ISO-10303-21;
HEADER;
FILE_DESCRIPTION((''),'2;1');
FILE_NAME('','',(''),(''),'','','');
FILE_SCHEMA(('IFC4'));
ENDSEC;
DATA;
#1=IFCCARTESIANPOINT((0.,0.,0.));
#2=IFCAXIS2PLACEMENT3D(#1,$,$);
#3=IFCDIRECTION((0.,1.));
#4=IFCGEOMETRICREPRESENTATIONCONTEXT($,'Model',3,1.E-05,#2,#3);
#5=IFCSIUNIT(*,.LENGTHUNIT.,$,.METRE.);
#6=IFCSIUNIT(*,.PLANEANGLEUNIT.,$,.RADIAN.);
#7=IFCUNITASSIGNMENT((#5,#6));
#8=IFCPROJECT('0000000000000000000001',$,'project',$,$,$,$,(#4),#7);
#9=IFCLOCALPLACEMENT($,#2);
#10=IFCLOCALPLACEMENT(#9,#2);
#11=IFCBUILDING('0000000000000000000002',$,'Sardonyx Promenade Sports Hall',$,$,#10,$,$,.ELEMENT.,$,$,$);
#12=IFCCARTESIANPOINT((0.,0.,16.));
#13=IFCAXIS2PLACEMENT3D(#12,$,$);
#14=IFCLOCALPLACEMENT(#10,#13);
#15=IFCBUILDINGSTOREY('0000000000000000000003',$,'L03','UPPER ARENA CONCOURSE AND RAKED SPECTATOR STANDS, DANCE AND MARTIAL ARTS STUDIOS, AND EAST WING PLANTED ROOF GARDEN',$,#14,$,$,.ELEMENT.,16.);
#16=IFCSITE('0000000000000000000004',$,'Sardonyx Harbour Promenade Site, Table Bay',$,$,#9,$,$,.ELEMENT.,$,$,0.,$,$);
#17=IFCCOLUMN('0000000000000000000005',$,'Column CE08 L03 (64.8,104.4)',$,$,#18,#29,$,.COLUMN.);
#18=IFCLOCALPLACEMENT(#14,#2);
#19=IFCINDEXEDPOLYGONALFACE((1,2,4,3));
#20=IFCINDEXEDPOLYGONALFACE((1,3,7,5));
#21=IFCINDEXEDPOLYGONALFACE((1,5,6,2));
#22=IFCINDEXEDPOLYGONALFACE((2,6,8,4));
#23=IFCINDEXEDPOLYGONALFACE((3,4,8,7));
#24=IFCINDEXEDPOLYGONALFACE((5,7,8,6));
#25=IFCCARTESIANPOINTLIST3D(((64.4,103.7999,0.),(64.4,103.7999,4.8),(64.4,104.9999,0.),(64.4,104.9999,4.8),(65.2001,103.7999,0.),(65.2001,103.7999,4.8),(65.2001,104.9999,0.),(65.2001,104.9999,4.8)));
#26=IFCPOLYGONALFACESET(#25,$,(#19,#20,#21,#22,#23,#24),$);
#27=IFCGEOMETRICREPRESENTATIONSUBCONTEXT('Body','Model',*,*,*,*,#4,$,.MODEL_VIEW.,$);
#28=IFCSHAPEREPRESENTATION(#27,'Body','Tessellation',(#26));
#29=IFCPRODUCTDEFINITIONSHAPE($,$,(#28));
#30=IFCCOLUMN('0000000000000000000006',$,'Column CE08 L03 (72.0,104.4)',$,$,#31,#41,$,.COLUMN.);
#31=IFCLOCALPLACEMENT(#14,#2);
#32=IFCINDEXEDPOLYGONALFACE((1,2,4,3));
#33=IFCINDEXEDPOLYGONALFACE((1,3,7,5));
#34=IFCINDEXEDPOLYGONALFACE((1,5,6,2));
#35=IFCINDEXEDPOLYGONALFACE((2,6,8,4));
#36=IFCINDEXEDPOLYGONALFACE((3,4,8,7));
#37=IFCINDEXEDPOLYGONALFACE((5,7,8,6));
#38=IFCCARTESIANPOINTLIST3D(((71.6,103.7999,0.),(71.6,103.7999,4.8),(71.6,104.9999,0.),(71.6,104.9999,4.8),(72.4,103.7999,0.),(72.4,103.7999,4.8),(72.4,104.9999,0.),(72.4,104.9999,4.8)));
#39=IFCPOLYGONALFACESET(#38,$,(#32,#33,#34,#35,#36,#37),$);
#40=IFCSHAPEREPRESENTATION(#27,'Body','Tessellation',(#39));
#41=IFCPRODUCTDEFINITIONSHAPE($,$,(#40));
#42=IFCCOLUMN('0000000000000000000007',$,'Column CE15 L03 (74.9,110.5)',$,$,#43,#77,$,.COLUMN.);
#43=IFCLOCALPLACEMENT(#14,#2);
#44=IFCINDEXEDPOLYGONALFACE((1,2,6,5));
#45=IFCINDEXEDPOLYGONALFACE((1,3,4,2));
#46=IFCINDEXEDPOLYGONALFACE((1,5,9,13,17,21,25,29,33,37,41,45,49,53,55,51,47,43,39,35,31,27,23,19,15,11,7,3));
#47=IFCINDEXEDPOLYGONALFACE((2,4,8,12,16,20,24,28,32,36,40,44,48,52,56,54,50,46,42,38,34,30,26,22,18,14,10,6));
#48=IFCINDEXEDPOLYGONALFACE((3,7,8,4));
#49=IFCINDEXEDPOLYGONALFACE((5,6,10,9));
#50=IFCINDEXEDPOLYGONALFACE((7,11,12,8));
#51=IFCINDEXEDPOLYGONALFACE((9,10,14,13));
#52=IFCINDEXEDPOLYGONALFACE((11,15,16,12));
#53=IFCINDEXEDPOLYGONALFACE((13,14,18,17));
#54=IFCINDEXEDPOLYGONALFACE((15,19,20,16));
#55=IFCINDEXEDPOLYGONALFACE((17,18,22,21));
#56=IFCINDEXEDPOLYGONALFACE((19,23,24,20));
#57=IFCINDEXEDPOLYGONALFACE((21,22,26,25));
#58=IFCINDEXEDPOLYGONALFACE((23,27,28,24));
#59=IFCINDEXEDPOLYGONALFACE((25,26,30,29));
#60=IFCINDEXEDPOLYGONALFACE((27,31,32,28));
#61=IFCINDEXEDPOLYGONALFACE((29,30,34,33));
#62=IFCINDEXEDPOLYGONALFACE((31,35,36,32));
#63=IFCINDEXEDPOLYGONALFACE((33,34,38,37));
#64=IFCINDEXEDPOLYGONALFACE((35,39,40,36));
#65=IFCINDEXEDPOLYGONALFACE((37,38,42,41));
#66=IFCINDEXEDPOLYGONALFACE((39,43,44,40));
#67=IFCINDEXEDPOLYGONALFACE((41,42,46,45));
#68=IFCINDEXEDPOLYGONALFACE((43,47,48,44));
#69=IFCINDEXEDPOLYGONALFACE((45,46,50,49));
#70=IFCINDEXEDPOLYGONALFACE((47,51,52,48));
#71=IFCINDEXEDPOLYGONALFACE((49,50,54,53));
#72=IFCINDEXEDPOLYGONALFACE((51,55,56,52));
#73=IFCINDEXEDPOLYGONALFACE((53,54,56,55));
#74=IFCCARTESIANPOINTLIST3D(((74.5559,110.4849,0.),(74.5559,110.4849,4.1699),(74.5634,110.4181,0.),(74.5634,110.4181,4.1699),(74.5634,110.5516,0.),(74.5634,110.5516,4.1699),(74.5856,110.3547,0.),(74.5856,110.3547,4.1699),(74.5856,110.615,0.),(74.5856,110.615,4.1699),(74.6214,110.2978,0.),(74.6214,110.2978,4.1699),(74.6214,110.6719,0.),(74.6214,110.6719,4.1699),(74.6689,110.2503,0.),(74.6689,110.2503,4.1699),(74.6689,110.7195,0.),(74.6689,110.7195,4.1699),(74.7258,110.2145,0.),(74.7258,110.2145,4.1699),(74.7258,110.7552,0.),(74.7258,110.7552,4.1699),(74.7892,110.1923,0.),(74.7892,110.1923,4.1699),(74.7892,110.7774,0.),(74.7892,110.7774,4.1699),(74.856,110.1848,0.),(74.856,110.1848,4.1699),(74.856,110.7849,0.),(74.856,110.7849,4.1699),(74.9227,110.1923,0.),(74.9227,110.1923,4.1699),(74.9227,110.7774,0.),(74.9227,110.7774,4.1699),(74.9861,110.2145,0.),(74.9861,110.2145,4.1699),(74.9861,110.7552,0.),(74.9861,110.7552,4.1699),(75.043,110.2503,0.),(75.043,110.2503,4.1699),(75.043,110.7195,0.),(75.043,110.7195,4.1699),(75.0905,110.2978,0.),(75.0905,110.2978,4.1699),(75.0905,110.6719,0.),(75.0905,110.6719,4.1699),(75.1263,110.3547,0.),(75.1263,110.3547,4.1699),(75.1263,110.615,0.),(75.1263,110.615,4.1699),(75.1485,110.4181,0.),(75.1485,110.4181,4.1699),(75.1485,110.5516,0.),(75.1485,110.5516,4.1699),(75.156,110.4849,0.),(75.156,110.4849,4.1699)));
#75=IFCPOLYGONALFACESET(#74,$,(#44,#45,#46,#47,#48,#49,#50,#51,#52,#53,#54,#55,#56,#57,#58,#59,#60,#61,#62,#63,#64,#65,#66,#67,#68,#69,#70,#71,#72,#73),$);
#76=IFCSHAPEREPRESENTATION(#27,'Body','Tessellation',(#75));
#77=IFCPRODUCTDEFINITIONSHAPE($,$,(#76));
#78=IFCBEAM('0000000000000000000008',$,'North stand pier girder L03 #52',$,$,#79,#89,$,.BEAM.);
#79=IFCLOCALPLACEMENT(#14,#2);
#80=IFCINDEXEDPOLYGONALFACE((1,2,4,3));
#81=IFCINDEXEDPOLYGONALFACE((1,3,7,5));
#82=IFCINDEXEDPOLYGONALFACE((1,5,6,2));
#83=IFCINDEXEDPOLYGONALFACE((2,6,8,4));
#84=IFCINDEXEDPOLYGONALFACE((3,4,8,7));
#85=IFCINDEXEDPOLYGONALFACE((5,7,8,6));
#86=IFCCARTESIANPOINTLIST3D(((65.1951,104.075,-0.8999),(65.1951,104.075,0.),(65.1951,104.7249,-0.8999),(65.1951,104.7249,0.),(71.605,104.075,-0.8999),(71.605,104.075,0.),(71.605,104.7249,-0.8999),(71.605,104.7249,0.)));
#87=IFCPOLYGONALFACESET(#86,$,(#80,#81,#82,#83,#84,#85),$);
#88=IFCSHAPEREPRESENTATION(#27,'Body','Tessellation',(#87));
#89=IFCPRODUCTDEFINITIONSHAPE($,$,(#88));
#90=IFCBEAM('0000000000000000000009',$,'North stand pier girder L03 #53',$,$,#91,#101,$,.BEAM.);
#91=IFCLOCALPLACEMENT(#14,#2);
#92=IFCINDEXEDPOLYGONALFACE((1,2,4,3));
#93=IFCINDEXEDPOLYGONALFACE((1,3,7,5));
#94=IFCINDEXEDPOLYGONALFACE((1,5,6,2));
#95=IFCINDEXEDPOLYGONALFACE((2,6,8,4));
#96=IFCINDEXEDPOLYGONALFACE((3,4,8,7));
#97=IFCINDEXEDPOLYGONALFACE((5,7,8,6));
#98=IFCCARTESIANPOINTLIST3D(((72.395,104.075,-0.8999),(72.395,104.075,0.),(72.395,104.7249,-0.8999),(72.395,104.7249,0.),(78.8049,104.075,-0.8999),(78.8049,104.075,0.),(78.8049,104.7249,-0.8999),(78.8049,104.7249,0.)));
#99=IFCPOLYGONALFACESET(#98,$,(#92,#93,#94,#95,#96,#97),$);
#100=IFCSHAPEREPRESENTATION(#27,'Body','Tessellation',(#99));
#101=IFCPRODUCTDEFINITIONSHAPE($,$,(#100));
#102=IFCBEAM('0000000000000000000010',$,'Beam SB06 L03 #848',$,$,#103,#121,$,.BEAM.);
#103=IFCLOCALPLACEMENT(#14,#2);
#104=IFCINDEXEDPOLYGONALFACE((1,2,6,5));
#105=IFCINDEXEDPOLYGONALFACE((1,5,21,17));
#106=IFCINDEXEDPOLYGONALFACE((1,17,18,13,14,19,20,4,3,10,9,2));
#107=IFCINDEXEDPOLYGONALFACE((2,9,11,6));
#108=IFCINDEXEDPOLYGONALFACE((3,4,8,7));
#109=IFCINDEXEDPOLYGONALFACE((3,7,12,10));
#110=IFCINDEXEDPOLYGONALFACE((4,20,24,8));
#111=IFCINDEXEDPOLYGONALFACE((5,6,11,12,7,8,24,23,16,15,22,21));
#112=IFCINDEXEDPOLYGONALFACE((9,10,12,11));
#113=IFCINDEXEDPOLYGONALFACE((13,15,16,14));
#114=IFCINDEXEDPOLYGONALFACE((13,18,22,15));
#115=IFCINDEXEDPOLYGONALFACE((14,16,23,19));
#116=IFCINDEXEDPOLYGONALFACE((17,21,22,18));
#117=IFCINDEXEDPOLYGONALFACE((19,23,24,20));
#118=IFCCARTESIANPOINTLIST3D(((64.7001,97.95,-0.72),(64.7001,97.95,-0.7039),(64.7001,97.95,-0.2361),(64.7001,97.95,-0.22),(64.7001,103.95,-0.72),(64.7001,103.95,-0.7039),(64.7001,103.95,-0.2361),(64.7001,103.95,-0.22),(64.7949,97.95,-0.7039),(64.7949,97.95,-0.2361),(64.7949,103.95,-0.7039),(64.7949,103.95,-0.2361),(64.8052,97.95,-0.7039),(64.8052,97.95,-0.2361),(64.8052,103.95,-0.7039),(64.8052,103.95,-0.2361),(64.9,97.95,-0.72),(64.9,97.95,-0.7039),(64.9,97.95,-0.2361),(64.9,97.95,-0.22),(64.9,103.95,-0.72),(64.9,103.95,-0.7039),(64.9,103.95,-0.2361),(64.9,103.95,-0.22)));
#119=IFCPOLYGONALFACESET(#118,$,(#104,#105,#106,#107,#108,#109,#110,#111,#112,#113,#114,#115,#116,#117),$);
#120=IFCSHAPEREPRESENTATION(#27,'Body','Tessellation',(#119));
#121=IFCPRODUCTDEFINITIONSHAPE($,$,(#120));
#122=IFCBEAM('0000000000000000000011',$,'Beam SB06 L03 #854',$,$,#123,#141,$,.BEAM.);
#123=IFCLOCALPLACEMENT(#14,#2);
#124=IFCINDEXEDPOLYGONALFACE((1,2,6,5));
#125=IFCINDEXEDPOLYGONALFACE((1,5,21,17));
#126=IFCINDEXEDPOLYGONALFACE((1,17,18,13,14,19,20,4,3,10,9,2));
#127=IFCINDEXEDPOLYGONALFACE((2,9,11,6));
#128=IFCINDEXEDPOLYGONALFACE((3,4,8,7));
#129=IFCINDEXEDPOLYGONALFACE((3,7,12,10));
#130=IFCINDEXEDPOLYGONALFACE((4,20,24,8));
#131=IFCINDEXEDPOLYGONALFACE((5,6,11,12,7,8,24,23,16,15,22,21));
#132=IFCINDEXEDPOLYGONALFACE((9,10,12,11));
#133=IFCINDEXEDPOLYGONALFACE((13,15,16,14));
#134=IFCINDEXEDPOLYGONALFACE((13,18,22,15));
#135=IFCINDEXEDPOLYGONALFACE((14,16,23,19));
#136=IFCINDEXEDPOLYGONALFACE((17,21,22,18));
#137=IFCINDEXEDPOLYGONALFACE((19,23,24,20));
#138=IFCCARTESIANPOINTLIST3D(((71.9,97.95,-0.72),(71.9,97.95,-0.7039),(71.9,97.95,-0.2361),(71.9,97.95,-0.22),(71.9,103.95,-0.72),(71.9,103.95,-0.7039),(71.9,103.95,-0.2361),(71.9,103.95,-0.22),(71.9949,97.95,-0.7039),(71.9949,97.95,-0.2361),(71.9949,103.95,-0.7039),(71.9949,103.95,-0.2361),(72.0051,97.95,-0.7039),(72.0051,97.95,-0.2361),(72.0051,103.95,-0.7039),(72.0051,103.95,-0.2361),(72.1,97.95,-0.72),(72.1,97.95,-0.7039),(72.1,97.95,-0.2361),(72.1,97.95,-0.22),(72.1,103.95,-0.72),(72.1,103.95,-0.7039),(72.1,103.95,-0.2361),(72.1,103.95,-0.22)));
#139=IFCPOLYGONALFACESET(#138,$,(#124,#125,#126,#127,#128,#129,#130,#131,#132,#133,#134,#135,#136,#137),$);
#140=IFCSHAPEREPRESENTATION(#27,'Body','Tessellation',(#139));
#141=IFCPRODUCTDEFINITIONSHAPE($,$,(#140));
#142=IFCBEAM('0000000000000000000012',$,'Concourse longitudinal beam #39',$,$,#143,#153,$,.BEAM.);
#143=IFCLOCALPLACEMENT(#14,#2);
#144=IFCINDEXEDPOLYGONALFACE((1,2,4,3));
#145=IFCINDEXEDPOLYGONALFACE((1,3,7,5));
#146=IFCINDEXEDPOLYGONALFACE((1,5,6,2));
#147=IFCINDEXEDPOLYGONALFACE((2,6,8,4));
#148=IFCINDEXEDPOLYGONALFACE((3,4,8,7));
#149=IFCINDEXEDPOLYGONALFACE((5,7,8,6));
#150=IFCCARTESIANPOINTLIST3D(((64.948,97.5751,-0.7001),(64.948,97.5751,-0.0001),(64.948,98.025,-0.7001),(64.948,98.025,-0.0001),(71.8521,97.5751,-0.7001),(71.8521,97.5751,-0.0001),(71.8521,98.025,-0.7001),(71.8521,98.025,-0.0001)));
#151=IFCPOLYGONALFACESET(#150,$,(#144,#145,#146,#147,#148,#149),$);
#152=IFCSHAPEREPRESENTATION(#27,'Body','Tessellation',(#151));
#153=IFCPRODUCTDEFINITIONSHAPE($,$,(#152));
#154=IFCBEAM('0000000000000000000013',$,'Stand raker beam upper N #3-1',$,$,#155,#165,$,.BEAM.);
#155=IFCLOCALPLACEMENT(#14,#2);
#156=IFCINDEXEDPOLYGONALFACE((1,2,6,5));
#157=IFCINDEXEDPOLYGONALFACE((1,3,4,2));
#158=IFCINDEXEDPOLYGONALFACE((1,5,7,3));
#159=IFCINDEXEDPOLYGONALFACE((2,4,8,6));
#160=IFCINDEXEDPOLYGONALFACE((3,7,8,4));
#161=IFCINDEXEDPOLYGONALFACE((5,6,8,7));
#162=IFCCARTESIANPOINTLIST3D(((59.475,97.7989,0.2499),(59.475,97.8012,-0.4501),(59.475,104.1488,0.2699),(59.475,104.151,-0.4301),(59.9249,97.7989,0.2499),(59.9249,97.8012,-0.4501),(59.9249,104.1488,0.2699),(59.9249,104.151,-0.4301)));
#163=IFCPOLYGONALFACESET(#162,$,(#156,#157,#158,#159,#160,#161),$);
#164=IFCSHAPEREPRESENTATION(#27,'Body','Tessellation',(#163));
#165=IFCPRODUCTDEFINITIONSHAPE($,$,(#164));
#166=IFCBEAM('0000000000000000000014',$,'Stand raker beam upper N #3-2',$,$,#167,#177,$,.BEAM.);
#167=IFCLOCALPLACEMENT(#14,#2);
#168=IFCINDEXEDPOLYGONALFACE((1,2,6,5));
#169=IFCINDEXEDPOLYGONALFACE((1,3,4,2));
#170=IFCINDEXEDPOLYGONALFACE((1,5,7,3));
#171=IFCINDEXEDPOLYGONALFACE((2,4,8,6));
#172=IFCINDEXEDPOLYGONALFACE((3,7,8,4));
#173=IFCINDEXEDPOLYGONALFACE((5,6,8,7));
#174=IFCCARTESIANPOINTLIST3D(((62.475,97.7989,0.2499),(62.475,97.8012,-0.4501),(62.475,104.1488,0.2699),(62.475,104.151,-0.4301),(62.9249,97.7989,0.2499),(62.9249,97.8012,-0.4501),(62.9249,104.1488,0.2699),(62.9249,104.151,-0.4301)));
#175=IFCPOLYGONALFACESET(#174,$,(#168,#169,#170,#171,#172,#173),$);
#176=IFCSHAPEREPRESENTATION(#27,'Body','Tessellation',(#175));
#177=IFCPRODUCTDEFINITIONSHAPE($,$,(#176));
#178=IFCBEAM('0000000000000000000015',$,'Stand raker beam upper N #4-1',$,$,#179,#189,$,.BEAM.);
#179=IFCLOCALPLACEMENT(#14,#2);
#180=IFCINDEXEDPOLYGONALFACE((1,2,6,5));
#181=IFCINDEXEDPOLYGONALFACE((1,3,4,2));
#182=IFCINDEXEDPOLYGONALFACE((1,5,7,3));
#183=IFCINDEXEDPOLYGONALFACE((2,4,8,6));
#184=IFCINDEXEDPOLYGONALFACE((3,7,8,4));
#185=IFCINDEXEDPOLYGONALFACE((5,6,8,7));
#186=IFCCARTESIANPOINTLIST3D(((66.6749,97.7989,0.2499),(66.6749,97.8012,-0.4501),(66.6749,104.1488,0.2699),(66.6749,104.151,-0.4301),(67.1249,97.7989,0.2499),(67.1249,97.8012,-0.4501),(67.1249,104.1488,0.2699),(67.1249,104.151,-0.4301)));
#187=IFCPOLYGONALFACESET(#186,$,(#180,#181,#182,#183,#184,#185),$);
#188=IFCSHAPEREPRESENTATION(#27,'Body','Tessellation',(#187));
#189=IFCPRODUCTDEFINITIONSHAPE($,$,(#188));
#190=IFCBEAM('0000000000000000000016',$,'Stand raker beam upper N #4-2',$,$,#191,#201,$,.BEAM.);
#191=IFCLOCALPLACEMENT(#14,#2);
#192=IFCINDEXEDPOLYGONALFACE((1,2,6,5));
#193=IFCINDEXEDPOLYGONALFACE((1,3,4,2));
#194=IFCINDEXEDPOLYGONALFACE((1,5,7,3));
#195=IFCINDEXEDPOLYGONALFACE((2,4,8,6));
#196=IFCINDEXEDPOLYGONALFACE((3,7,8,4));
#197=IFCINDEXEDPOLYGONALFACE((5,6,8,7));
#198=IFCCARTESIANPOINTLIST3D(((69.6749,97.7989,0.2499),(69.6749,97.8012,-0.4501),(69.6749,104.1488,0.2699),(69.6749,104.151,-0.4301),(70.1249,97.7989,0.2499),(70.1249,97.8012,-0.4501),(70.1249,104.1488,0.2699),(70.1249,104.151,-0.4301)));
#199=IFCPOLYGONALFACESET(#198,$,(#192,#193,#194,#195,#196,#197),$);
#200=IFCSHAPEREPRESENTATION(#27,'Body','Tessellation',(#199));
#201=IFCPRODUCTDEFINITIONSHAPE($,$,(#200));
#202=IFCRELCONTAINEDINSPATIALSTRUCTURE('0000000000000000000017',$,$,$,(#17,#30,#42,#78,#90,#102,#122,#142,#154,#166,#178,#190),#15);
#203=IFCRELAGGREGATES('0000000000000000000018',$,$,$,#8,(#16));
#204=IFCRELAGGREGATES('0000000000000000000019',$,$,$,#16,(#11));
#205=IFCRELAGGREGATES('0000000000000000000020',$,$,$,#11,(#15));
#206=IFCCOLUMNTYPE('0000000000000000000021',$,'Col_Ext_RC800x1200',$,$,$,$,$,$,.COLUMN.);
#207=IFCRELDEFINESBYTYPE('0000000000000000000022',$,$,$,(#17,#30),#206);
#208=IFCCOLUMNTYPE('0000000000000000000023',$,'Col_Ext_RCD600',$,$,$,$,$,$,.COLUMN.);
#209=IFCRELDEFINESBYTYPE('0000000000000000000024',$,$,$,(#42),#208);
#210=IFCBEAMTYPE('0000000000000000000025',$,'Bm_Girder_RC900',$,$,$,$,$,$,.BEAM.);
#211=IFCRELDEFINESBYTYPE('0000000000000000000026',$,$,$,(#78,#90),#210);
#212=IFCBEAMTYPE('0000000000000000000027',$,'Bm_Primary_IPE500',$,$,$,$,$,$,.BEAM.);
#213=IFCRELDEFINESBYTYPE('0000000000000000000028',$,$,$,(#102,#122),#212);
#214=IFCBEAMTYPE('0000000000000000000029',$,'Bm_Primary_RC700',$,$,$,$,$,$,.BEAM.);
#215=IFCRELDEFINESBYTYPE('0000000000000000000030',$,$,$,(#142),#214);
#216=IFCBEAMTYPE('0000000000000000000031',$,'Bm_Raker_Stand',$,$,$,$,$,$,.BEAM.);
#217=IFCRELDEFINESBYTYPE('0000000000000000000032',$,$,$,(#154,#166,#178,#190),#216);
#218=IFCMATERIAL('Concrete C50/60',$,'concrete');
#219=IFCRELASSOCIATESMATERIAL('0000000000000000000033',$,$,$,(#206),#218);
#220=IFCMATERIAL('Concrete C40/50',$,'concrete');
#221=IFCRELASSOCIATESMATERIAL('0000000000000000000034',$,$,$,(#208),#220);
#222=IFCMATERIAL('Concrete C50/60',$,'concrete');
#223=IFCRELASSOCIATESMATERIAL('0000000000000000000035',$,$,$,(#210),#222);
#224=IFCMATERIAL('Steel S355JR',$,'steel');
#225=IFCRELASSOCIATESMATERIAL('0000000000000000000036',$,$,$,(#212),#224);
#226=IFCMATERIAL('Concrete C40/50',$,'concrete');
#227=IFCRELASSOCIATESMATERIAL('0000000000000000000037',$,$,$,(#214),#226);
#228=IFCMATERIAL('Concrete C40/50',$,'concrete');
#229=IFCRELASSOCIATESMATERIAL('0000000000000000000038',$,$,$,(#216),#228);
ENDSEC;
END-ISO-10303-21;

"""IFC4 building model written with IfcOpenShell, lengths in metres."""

from ifc_helpers import new_model, si_unit, direction, frame, origin, origin_2d, place, context, subcontext, project, spatial, rectangle, circle, i_section, extrude, material, material_profile, profile_set, type_object, element, save


model = new_model("IFC4")

# Units and contexts
model_context = context("Model", 3, precision=1e-05, world=origin(), true_north=direction((0.0, 1.0)))
body_context = subcontext(model_context, "Body", "Model", "MODEL_VIEW")
ifc_project = project(units=[si_unit("LENGTHUNIT", "METRE"), si_unit("PLANEANGLEUNIT", "RADIAN")], contexts=[model_context])

# Site, building, storey
site_placement = place(None, origin())
site = spatial("IfcSite", under=ifc_project, at=site_placement, Name="Sardonyx Harbour Promenade Site, Table Bay", CompositionType="ELEMENT", RefElevation=0.0)
building_placement = place(site_placement, origin())
building = spatial("IfcBuilding", under=site, at=building_placement, Name="Sardonyx Promenade Sports Hall", CompositionType="ELEMENT")
storey_placement = place(building_placement, frame((0.0, 0.0, 16.0)))
storey = spatial("IfcBuildingStorey", under=building, at=storey_placement, Name="L03", Description="UPPER ARENA CONCOURSE AND RAKED SPECTATOR STANDS, DANCE AND MARTIAL ARTS STUDIOS, AND EAST WING PLANTED ROOF GARDEN", CompositionType="ELEMENT", Elevation=16.0)

# Columns
ifc_material_1 = material(Name="Concrete C50/60", Category="concrete")
ifc_material_profile_1 = material_profile(ifc_material_1, rectangle(XDim=0.8, YDim=1.2, at=origin_2d()))
ifc_profile_set_1 = profile_set([ifc_material_profile_1], Name="Concrete C50/60")
column_type_1 = type_object("IfcColumnType", Name="Col_Ext_RC800x1200", PredefinedType="COLUMN", material=ifc_profile_set_1)
for number, where, z_axis, x_axis, name in (
    (1, (64.8, 104.3999, 0.0), (0.0, 0.0, 1.0), (1.0, 0.0, 0.0), "Column CE08 L03 (64.8,104.4)"),
    (2, (72.0, 104.3999, 0.0), (0.0, 0.0, 1.0), (1.0, 0.0, 0.0), "Column CE08 L03 (72.0,104.4)"),
):
    element("IfcColumn", number, at=place(storey_placement, frame(where, z_axis=z_axis, x_axis=x_axis)), inside=storey, type_object=column_type_1, Name=name, PredefinedType="COLUMN", context=body_context, shape_type="SweptSolid", body=[
        extrude(rectangle(XDim=0.8, YDim=1.2, at=origin_2d()), origin(), (0.0, 0.0, 1.0), 4.8),
    ])
ifc_material_2 = material(Name="Concrete C40/50", Category="concrete")
ifc_material_profile_2 = material_profile(ifc_material_2, circle(Radius=0.3, at=origin_2d()))
ifc_profile_set_2 = profile_set([ifc_material_profile_2], Name="Concrete C40/50")
column_type_2 = type_object("IfcColumnType", Name="Col_Ext_RCD600", PredefinedType="COLUMN", material=ifc_profile_set_2)
column_placement = place(storey_placement, frame((74.856, 110.4849, 0.0), z_axis=(0.0, 0.0, 1.0), x_axis=(1.0, 0.0, 0.0)))
element("IfcColumn", 3, at=column_placement, inside=storey, type_object=column_type_2, Name="Column CE15 L03 (74.9,110.5)", PredefinedType="COLUMN", context=body_context, shape_type="SweptSolid", body=[
    extrude(circle(Radius=0.3, at=origin_2d()), origin(), (0.0, 0.0, 1.0), 4.1699),
])

# Beams
ifc_material_3 = material(Name="Concrete C50/60", Category="concrete")
ifc_material_profile_3 = material_profile(ifc_material_3, rectangle(XDim=0.6499, YDim=0.8999, at=origin_2d()))
ifc_profile_set_3 = profile_set([ifc_material_profile_3], Name="Concrete C50/60")
beam_type_1 = type_object("IfcBeamType", Name="Bm_Girder_RC900", PredefinedType="BEAM", material=ifc_profile_set_3)
for number, where, z_axis, x_axis, name in (
    (4, (65.1951, 104.3999, -0.45), (1.0, 0.0, 0.0), (0.0, 1.0, 0.0), "North stand pier girder L03 #52"),
    (5, (72.395, 104.3999, -0.45), (1.0, 0.0, 0.0), (0.0, 1.0, 0.0), "North stand pier girder L03 #53"),
):
    element("IfcBeam", number, at=place(storey_placement, frame(where, z_axis=z_axis, x_axis=x_axis)), inside=storey, type_object=beam_type_1, Name=name, PredefinedType="BEAM", context=body_context, shape_type="SweptSolid", body=[
        extrude(rectangle(XDim=0.6499, YDim=0.8999, at=origin_2d()), origin(), (0.0, 0.0, 1.0), 6.4099),
    ])
ifc_material_4 = material(Name="Steel S355JR", Category="steel")
ifc_material_profile_4 = material_profile(ifc_material_4, i_section(OverallWidth=0.2, OverallDepth=0.5, WebThickness=0.0103, FlangeThickness=0.0161, at=origin_2d()))
ifc_profile_set_4 = profile_set([ifc_material_profile_4], Name="Steel S355JR")
beam_type_2 = type_object("IfcBeamType", Name="Bm_Primary_IPE500", PredefinedType="BEAM", material=ifc_profile_set_4)
for number, where, z_axis, x_axis, name in (
    (6, (64.8, 97.95, -0.47), (0.0, 1.0, 0.0), (-1.0, 0.0, 0.0), "Beam SB06 L03 #848"),
    (7, (72.0, 97.95, -0.47), (0.0, 1.0, 0.0), (-1.0, 0.0, 0.0), "Beam SB06 L03 #854"),
):
    element("IfcBeam", number, at=place(storey_placement, frame(where, z_axis=z_axis, x_axis=x_axis)), inside=storey, type_object=beam_type_2, Name=name, PredefinedType="BEAM", context=body_context, shape_type="SweptSolid", body=[
        extrude(i_section(OverallWidth=0.2, OverallDepth=0.5, WebThickness=0.0103, FlangeThickness=0.0161, at=origin_2d()), origin(), (0.0, 0.0, 1.0), 6.0),
    ])
ifc_material_5 = material(Name="Concrete C40/50", Category="concrete")
ifc_material_profile_5 = material_profile(ifc_material_5, rectangle(XDim=0.45, YDim=0.7, at=origin_2d()))
ifc_profile_set_5 = profile_set([ifc_material_profile_5], Name="Concrete C40/50")
beam_type_3 = type_object("IfcBeamType", Name="Bm_Primary_RC700", PredefinedType="BEAM", material=ifc_profile_set_5)
beam_placement = place(storey_placement, frame((64.948, 97.8, -0.3501), z_axis=(1.0, 0.0, 0.0), x_axis=(0.0, 1.0, 0.0)))
element("IfcBeam", 8, at=beam_placement, inside=storey, type_object=beam_type_3, Name="Concourse longitudinal beam #39", PredefinedType="BEAM", context=body_context, shape_type="SweptSolid", body=[
    extrude(rectangle(XDim=0.45, YDim=0.7, at=origin_2d()), origin(), (0.0, 0.0, 1.0), 6.9041),
])
ifc_material_6 = material(Name="Concrete C40/50", Category="concrete")
ifc_material_profile_6 = material_profile(ifc_material_6, rectangle(XDim=0.45, YDim=0.7, at=origin_2d()))
ifc_profile_set_6 = profile_set([ifc_material_profile_6], Name="Concrete C40/50")
beam_type_4 = type_object("IfcBeamType", Name="Bm_Raker_Stand", PredefinedType="BEAM", material=ifc_profile_set_6)
for number, where, z_axis, x_axis, name in (
    (9, (59.7, 97.8, -0.1001), (0.0, 0.999995, 0.003153), (-1.0, 0.0, 0.0), "Stand raker beam upper N #3-1"),
    (10, (62.7, 97.8, -0.1001), (0.0, 0.999995, 0.003153), (-1.0, 0.0, 0.0), "Stand raker beam upper N #3-2"),
    (11, (66.8999, 97.8, -0.1001), (0.0, 0.999995, 0.003153), (-1.0, 0.0, 0.0), "Stand raker beam upper N #4-1"),
    (12, (69.8999, 97.8, -0.1001), (0.0, 0.999995, 0.003153), (-1.0, 0.0, 0.0), "Stand raker beam upper N #4-2"),
):
    element("IfcBeam", number, at=place(storey_placement, frame(where, z_axis=z_axis, x_axis=x_axis)), inside=storey, type_object=beam_type_4, Name=name, PredefinedType="BEAM", context=body_context, shape_type="SweptSolid", body=[
        extrude(rectangle(XDim=0.45, YDim=0.7, at=origin_2d()), origin(), (0.0, 0.0, 1.0), 6.3499),
    ])

save(model, "model.ifc")
